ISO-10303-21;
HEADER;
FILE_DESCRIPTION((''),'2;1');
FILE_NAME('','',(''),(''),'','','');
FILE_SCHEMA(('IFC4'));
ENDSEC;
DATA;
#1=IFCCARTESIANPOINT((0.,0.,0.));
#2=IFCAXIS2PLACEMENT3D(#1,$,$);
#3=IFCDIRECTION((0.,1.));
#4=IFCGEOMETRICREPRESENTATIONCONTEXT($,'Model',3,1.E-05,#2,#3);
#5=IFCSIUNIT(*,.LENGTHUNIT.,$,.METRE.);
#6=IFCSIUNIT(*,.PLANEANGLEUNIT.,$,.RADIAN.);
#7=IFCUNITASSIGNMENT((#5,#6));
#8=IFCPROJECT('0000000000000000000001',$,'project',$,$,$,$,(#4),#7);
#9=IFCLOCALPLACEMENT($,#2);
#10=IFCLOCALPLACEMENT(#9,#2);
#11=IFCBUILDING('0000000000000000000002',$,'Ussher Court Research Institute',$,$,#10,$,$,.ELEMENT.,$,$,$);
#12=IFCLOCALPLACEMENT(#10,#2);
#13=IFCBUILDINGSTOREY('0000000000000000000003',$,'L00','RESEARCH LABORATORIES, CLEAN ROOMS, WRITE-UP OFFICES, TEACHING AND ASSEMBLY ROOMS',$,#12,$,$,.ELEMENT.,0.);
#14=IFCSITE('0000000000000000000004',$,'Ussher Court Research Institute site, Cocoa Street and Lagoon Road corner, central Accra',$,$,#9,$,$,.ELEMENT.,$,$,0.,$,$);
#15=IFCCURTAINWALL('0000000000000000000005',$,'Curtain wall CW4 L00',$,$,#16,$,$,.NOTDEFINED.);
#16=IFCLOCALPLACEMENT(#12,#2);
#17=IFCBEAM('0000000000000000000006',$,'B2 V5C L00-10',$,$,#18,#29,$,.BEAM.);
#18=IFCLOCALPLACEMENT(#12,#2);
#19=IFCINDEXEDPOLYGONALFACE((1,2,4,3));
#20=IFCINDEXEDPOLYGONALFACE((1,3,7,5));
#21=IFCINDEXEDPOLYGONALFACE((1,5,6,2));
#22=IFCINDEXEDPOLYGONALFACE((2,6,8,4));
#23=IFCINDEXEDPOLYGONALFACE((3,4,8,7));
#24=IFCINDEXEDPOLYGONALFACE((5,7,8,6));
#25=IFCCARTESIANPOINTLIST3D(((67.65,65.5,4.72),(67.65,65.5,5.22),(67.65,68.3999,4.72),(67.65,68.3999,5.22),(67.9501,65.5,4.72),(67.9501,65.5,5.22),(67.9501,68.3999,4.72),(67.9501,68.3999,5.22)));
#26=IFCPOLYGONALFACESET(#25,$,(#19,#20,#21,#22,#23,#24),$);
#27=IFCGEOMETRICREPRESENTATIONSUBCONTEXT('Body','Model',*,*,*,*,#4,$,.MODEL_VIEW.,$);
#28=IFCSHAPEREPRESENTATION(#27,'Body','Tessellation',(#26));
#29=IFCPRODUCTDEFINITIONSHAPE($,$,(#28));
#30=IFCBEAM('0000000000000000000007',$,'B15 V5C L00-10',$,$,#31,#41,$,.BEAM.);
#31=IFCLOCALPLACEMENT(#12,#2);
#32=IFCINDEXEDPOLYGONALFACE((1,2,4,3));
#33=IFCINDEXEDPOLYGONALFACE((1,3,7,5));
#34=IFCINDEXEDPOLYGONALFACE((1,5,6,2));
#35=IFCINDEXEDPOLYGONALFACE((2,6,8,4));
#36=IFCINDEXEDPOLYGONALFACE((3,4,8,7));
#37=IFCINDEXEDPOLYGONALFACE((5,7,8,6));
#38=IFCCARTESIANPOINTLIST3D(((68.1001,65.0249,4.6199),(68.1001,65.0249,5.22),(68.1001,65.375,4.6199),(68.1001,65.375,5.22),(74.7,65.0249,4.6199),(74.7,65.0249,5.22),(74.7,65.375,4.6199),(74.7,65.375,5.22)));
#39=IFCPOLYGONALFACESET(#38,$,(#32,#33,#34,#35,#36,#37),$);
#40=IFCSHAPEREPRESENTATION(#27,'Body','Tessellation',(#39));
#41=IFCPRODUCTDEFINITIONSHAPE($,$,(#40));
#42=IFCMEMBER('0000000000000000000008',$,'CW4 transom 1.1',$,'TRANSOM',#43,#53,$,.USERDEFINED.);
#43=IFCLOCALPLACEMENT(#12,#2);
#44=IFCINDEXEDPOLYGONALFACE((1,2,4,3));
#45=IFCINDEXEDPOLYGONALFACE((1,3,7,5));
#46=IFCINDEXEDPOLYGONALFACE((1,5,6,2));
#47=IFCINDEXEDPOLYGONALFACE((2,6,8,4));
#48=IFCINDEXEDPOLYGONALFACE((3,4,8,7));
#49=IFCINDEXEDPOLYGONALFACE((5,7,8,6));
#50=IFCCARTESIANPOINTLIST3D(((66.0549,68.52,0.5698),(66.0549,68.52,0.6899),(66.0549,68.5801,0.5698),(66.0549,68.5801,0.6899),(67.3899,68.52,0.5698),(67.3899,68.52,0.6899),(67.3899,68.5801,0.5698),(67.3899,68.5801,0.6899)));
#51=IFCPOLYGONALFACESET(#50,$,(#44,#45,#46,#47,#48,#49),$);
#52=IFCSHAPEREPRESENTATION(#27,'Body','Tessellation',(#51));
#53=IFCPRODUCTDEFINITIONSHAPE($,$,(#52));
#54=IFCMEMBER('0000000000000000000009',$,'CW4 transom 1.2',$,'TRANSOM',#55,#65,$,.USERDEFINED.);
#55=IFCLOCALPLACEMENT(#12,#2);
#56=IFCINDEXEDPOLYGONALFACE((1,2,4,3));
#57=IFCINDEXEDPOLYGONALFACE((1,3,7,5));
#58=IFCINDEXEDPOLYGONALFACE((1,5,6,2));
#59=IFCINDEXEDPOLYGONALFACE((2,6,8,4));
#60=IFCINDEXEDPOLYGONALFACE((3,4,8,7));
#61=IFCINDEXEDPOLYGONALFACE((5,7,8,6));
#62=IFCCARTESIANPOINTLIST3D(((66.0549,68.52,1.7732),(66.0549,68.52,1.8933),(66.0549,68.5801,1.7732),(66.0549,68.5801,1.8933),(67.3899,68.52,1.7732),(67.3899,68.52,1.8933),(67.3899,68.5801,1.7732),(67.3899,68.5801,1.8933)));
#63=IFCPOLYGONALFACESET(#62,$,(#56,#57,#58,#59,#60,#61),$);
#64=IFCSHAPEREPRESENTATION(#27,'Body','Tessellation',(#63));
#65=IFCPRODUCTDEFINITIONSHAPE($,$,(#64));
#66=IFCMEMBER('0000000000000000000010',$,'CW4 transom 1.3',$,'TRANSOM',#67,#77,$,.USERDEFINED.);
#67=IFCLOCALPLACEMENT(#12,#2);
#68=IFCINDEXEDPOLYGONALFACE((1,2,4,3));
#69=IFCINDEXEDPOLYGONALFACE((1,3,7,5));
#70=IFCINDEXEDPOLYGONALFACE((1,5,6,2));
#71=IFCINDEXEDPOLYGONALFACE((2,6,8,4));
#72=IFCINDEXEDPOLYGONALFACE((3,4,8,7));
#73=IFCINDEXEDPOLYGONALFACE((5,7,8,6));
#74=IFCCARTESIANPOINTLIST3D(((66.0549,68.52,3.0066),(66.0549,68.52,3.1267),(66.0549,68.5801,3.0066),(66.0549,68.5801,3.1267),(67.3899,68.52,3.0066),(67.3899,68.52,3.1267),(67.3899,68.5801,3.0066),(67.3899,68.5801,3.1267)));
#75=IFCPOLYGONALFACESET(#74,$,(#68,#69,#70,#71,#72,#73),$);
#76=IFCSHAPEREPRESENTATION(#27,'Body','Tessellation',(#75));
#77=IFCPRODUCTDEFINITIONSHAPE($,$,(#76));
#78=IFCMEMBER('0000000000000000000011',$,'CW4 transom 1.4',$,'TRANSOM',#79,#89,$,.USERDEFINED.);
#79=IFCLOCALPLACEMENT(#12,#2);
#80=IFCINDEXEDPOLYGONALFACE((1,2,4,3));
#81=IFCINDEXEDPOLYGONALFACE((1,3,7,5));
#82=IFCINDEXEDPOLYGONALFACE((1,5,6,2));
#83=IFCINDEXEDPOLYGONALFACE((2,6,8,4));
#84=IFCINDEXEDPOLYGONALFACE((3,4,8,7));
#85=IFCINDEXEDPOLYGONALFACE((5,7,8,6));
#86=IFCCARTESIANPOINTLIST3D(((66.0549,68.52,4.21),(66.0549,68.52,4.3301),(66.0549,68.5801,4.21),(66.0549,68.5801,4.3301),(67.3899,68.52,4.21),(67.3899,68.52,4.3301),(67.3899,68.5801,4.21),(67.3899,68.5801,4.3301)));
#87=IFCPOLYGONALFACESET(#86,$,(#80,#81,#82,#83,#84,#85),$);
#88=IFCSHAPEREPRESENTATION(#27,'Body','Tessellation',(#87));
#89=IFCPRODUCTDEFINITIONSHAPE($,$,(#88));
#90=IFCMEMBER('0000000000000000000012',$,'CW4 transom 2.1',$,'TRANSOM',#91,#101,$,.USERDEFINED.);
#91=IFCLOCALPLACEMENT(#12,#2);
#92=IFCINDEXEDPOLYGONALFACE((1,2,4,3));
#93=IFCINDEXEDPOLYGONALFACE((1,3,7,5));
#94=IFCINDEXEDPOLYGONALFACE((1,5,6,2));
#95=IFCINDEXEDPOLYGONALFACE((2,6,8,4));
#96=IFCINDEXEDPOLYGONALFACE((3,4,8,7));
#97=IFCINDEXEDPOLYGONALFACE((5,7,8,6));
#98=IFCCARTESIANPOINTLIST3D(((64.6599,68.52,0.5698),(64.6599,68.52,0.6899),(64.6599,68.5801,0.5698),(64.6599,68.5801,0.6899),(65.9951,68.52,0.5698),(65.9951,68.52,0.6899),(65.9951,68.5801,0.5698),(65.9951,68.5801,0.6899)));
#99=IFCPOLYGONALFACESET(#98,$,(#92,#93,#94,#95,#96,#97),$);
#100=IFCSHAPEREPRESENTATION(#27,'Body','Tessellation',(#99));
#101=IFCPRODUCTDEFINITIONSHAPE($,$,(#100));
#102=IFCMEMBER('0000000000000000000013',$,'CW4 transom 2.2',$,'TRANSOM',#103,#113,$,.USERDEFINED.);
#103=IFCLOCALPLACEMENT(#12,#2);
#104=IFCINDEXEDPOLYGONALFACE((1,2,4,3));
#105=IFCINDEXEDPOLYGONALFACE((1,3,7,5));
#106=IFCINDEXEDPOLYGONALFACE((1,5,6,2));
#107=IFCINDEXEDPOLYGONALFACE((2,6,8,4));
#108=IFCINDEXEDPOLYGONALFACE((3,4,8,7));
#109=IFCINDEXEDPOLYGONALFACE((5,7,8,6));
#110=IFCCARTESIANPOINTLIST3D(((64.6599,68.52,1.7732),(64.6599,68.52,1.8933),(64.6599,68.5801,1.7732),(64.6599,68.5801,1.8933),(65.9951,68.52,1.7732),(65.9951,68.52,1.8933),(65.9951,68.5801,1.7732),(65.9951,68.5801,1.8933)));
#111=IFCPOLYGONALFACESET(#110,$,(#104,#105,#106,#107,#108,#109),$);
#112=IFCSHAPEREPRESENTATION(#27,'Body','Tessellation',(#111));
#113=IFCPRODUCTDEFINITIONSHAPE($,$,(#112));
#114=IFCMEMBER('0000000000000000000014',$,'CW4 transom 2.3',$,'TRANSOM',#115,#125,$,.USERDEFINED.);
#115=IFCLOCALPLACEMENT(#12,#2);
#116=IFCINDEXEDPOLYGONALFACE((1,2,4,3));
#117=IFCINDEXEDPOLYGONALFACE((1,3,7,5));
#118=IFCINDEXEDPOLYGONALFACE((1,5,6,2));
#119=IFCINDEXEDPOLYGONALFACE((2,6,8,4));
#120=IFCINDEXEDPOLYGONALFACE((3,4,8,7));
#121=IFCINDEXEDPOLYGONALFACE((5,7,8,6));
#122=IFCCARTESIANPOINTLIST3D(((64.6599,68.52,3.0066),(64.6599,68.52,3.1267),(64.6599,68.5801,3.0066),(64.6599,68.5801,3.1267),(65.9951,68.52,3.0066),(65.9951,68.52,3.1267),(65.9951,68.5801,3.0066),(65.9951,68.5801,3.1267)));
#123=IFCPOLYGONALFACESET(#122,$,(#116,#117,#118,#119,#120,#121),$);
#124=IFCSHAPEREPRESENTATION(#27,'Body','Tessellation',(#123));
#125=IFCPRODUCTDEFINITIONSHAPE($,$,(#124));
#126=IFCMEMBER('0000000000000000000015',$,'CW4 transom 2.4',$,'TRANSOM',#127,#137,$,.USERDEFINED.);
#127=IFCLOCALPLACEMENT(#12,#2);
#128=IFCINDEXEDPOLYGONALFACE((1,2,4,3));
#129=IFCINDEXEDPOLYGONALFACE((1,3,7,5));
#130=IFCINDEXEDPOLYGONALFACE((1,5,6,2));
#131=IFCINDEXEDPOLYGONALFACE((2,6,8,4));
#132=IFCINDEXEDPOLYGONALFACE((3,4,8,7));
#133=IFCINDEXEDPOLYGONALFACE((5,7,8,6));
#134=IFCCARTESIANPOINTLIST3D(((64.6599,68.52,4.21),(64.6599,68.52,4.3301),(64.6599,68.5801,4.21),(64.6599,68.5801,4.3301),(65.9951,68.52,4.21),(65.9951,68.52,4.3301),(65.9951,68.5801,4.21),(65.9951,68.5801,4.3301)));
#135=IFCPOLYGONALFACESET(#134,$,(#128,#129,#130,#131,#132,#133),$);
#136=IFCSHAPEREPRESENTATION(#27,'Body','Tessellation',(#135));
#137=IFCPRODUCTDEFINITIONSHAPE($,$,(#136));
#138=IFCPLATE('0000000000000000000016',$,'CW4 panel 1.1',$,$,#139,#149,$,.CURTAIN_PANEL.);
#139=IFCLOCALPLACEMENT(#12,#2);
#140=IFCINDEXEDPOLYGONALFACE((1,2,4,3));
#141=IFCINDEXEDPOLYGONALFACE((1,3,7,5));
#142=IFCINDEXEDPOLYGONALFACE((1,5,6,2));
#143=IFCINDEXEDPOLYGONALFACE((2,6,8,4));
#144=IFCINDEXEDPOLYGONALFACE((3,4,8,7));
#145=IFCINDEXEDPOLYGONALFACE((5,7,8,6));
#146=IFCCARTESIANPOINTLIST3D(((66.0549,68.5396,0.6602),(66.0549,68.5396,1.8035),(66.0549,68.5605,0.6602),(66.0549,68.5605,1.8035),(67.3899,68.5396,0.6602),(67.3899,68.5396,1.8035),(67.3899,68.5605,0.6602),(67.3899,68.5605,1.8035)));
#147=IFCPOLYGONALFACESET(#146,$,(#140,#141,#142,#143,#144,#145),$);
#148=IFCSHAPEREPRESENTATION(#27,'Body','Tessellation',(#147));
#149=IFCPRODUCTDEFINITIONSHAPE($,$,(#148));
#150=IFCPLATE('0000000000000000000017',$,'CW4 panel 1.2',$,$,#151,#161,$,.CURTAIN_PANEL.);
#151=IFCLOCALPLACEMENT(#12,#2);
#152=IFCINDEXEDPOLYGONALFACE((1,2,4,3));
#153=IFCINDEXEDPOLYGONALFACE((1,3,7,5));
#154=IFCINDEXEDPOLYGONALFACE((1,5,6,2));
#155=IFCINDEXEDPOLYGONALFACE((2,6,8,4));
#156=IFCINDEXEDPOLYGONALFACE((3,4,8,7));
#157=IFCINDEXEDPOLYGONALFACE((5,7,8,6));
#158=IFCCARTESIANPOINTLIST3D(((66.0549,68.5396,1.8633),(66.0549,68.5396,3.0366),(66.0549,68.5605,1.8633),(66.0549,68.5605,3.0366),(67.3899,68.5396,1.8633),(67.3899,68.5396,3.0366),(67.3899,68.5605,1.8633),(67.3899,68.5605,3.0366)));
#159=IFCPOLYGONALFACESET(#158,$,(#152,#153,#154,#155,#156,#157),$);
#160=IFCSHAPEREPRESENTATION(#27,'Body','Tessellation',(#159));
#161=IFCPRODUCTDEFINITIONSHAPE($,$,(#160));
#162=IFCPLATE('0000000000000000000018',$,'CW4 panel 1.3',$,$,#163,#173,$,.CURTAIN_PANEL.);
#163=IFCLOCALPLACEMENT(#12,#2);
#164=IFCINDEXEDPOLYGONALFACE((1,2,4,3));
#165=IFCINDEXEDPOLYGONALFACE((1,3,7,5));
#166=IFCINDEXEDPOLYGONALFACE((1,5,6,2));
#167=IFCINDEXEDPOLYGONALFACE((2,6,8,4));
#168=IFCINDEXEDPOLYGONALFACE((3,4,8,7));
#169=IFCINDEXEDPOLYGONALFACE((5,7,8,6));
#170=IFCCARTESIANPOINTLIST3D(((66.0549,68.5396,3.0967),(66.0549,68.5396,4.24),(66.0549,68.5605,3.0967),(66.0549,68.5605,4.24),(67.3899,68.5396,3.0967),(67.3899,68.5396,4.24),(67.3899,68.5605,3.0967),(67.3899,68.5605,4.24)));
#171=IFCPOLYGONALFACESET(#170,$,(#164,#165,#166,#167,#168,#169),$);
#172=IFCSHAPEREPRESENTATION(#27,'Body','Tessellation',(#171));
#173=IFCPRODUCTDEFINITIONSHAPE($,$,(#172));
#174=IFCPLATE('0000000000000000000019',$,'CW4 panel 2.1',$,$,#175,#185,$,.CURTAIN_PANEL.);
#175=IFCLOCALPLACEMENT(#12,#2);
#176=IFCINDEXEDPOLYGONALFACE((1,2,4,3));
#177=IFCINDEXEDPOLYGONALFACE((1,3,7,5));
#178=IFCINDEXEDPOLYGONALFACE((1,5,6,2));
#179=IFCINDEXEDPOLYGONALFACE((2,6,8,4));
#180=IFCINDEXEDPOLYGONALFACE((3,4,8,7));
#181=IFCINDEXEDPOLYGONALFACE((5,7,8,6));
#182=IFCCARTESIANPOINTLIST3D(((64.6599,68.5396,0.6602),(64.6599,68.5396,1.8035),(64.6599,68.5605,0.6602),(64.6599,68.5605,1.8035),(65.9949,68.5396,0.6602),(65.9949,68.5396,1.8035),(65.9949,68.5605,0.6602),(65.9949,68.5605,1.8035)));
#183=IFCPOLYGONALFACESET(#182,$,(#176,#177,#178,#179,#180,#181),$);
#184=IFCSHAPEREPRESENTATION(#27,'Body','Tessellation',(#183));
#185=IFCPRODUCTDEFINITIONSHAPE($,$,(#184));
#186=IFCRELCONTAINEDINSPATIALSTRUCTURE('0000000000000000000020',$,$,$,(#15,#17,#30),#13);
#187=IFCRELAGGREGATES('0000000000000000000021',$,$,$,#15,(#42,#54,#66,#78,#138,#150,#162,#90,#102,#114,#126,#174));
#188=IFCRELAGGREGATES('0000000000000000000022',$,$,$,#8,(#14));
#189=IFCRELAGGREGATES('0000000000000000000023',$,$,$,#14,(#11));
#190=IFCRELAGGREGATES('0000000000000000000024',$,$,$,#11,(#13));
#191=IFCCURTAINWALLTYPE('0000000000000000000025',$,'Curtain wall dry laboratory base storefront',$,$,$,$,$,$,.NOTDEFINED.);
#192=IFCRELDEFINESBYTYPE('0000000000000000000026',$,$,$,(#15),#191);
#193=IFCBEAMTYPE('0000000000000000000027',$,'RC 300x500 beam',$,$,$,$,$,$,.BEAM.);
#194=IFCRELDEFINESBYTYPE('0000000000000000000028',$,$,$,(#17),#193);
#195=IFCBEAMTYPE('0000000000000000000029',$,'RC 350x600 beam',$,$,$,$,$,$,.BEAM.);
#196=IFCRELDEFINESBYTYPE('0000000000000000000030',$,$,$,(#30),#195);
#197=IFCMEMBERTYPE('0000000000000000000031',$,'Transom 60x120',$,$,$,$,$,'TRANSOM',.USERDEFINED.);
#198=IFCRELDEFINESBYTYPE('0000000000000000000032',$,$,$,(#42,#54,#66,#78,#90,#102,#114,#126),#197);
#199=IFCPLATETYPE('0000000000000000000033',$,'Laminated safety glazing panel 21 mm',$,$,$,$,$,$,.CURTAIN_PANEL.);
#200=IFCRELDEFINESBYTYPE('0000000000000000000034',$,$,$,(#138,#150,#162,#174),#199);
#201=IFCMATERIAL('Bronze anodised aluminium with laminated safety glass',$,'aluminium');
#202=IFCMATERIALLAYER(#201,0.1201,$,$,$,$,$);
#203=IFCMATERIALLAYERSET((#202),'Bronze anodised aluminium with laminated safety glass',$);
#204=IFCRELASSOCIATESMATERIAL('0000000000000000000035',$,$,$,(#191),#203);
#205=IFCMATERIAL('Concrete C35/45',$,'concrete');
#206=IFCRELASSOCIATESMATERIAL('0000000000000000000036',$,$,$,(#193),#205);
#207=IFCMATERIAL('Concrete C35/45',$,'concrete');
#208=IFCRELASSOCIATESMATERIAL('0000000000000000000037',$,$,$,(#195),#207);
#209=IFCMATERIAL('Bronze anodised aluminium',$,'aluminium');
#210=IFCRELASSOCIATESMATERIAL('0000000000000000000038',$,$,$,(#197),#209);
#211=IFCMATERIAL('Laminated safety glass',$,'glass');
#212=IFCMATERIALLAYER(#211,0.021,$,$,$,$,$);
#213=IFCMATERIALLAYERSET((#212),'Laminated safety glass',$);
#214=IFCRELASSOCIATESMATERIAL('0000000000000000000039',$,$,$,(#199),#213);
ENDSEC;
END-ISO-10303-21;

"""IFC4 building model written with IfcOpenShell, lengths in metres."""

from ifc_helpers import new_model, si_unit, direction, frame, origin, origin_2d, place, context, subcontext, project, spatial, rectangle, extrude, material, layer, layer_set, material_profile, profile_set, type_object, element, aggregate, save


model = new_model("IFC4")

# Units and contexts
model_context = context("Model", 3, precision=1e-05, world=origin(), true_north=direction((0.0, 1.0)))
body_context = subcontext(model_context, "Body", "Model", "MODEL_VIEW")
ifc_project = project(units=[si_unit("LENGTHUNIT", "METRE"), si_unit("PLANEANGLEUNIT", "RADIAN")], contexts=[model_context])

# Site, building, storey
site_placement = place(None, origin())
site = spatial("IfcSite", under=ifc_project, at=site_placement, Name="Ussher Court Research Institute site, Cocoa Street and Lagoon Road corner, central Accra", CompositionType="ELEMENT", RefElevation=0.0)
building_placement = place(site_placement, origin())
building = spatial("IfcBuilding", under=site, at=building_placement, Name="Ussher Court Research Institute", CompositionType="ELEMENT")
storey_placement = place(building_placement, origin())
storey = spatial("IfcBuildingStorey", under=building, at=storey_placement, Name="L00", Description="RESEARCH LABORATORIES, CLEAN ROOMS, WRITE-UP OFFICES, TEACHING AND ASSEMBLY ROOMS", CompositionType="ELEMENT", Elevation=0.0)

# Curtain wall
ifc_material_1 = material(Name="Bronze anodised aluminium with laminated safety glass", Category="aluminium")
ifc_layer_1 = layer(ifc_material_1, 0.1201)
ifc_layer_set_1 = layer_set([ifc_layer_1], Name="Bronze anodised aluminium with laminated safety glass")
curtain_wall_type = type_object("IfcCurtainWallType", Name="Curtain wall dry laboratory base storefront", PredefinedType="NOTDEFINED", material=ifc_layer_set_1)
curtain_wall_1_placement = place(storey_placement, origin())
curtain_wall_1 = element("IfcCurtainWall", 1, at=curtain_wall_1_placement, inside=storey, type_object=curtain_wall_type, Name="Curtain wall CW4 L00", PredefinedType="NOTDEFINED")

# Beams
ifc_material_2 = material(Name="Concrete C35/45", Category="concrete")
ifc_material_profile_1 = material_profile(ifc_material_2, rectangle(XDim=0.3, YDim=0.5, at=origin_2d()), Name="RC 300x500")
ifc_profile_set_1 = profile_set([ifc_material_profile_1], Name="Concrete C35/45")
beam_type_1 = type_object("IfcBeamType", Name="RC 300x500 beam", PredefinedType="BEAM", material=ifc_profile_set_1)
beam_1_placement = place(storey_placement, frame((67.8, 65.5, 4.97), z_axis=(0.0, 1.0, 0.0), x_axis=(-1.0, 0.0, 0.0)))
element("IfcBeam", 2, at=beam_1_placement, inside=storey, type_object=beam_type_1, Name="B2 V5C L00-10", PredefinedType="BEAM", context=body_context, shape_type="SweptSolid", body=[
    extrude(rectangle(XDim=0.3, YDim=0.5, at=origin_2d()), origin(), (0.0, 0.0, 1.0), 2.8999),
])
ifc_material_3 = material(Name="Concrete C35/45", Category="concrete")
ifc_material_profile_2 = material_profile(ifc_material_3, rectangle(XDim=0.3501, YDim=0.6001, at=origin_2d()), Name="RC 350x600")
ifc_profile_set_2 = profile_set([ifc_material_profile_2], Name="Concrete C35/45")
beam_type_2 = type_object("IfcBeamType", Name="RC 350x600 beam", PredefinedType="BEAM", material=ifc_profile_set_2)
beam_2_placement = place(storey_placement, frame((68.1001, 65.2, 4.9199), z_axis=(1.0, 0.0, 0.0), x_axis=(0.0, 1.0, 0.0)))
element("IfcBeam", 3, at=beam_2_placement, inside=storey, type_object=beam_type_2, Name="B15 V5C L00-10", PredefinedType="BEAM", context=body_context, shape_type="SweptSolid", body=[
    extrude(rectangle(XDim=0.3501, YDim=0.6001, at=origin_2d()), origin(), (0.0, 0.0, 1.0), 6.5999),
])

# Members
ifc_material_4 = material(Name="Bronze anodised aluminium", Category="aluminium")
ifc_material_profile_3 = material_profile(ifc_material_4, rectangle(XDim=0.0601, YDim=0.1201, at=origin_2d()), Name="Transom 60x120")
ifc_profile_set_3 = profile_set([ifc_material_profile_3], Name="Bronze anodised aluminium")
member_type_1 = type_object("IfcMemberType", Name="Transom 60x120", ElementType="TRANSOM", PredefinedType="USERDEFINED", material=ifc_profile_set_3)
member_1_placement = place(storey_placement, frame((67.3899, 68.55, 0.6299), z_axis=(-1.0, 0.0, 0.0), x_axis=(0.0, -1.0, 0.0)))
member_1 = element("IfcMember", 4, at=member_1_placement, type_object=member_type_1, Name="CW4 transom 1.1", ObjectType="TRANSOM", PredefinedType="USERDEFINED", context=body_context, shape_type="SweptSolid", body=[
    extrude(rectangle(XDim=0.0601, YDim=0.1201, at=origin_2d()), origin(), (0.0, 0.0, 1.0), 1.335),
])
member_2_placement = place(storey_placement, frame((67.3899, 68.55, 1.8333), z_axis=(-1.0, 0.0, 0.0), x_axis=(0.0, -1.0, 0.0)))
member_2 = element("IfcMember", 5, at=member_2_placement, type_object=member_type_1, Name="CW4 transom 1.2", ObjectType="TRANSOM", PredefinedType="USERDEFINED", context=body_context, shape_type="SweptSolid", body=[
    extrude(rectangle(XDim=0.0601, YDim=0.1201, at=origin_2d()), origin(), (0.0, 0.0, 1.0), 1.335),
])
member_3_placement = place(storey_placement, frame((67.3899, 68.55, 3.0667), z_axis=(-1.0, 0.0, 0.0), x_axis=(0.0, -1.0, 0.0)))
member_3 = element("IfcMember", 6, at=member_3_placement, type_object=member_type_1, Name="CW4 transom 1.3", ObjectType="TRANSOM", PredefinedType="USERDEFINED", context=body_context, shape_type="SweptSolid", body=[
    extrude(rectangle(XDim=0.0601, YDim=0.1201, at=origin_2d()), origin(), (0.0, 0.0, 1.0), 1.335),
])
member_4_placement = place(storey_placement, frame((67.3899, 68.55, 4.27), z_axis=(-1.0, 0.0, 0.0), x_axis=(0.0, -1.0, 0.0)))
member_4 = element("IfcMember", 7, at=member_4_placement, type_object=member_type_1, Name="CW4 transom 1.4", ObjectType="TRANSOM", PredefinedType="USERDEFINED", context=body_context, shape_type="SweptSolid", body=[
    extrude(rectangle(XDim=0.0601, YDim=0.1201, at=origin_2d()), origin(), (0.0, 0.0, 1.0), 1.335),
])
member_5_placement = place(storey_placement, frame((65.9951, 68.55, 0.6299), z_axis=(-1.0, 0.0, 0.0), x_axis=(0.0, -1.0, 0.0)))
member_5 = element("IfcMember", 8, at=member_5_placement, type_object=member_type_1, Name="CW4 transom 2.1", ObjectType="TRANSOM", PredefinedType="USERDEFINED", context=body_context, shape_type="SweptSolid", body=[
    extrude(rectangle(XDim=0.0601, YDim=0.1201, at=origin_2d()), origin(), (0.0, 0.0, 1.0), 1.3352),
])
member_6_placement = place(storey_placement, frame((65.9951, 68.55, 1.8333), z_axis=(-1.0, 0.0, 0.0), x_axis=(0.0, -1.0, 0.0)))
member_6 = element("IfcMember", 9, at=member_6_placement, type_object=member_type_1, Name="CW4 transom 2.2", ObjectType="TRANSOM", PredefinedType="USERDEFINED", context=body_context, shape_type="SweptSolid", body=[
    extrude(rectangle(XDim=0.0601, YDim=0.1201, at=origin_2d()), origin(), (0.0, 0.0, 1.0), 1.3352),
])
member_7_placement = place(storey_placement, frame((65.9951, 68.55, 3.0667), z_axis=(-1.0, 0.0, 0.0), x_axis=(0.0, -1.0, 0.0)))
member_7 = element("IfcMember", 10, at=member_7_placement, type_object=member_type_1, Name="CW4 transom 2.3", ObjectType="TRANSOM", PredefinedType="USERDEFINED", context=body_context, shape_type="SweptSolid", body=[
    extrude(rectangle(XDim=0.0601, YDim=0.1201, at=origin_2d()), origin(), (0.0, 0.0, 1.0), 1.3352),
])
member_8_placement = place(storey_placement, frame((65.9951, 68.55, 4.27), z_axis=(-1.0, 0.0, 0.0), x_axis=(0.0, -1.0, 0.0)))
member_8 = element("IfcMember", 11, at=member_8_placement, type_object=member_type_1, Name="CW4 transom 2.4", ObjectType="TRANSOM", PredefinedType="USERDEFINED", context=body_context, shape_type="SweptSolid", body=[
    extrude(rectangle(XDim=0.0601, YDim=0.1201, at=origin_2d()), origin(), (0.0, 0.0, 1.0), 1.3352),
])

# Plates
ifc_material_5 = material(Name="Laminated safety glass", Category="glass")
ifc_layer_2 = layer(ifc_material_5, 0.021)
ifc_layer_set_2 = layer_set([ifc_layer_2], Name="Laminated safety glass")
plate_type = type_object("IfcPlateType", Name="Laminated safety glazing panel 21 mm", PredefinedType="CURTAIN_PANEL", material=ifc_layer_set_2)
plate_1_placement = place(storey_placement, frame((66.7224, 68.55, 0.6602), z_axis=(0.0, 0.0, 1.0), x_axis=(-1.0, 0.0, 0.0)))
plate_1 = element("IfcPlate", 12, at=plate_1_placement, type_object=plate_type, Name="CW4 panel 1.1", PredefinedType="CURTAIN_PANEL", context=body_context, shape_type="SweptSolid", body=[
    extrude(rectangle(XDim=1.335, YDim=0.021, at=origin_2d()), origin(), (0.0, 0.0, 1.0), 1.1433),
])
plate_2_placement = place(storey_placement, frame((66.7224, 68.55, 1.8633), z_axis=(0.0, 0.0, 1.0), x_axis=(-1.0, 0.0, 0.0)))
plate_2 = element("IfcPlate", 13, at=plate_2_placement, type_object=plate_type, Name="CW4 panel 1.2", PredefinedType="CURTAIN_PANEL", context=body_context, shape_type="SweptSolid", body=[
    extrude(rectangle(XDim=1.335, YDim=0.021, at=origin_2d()), origin(), (0.0, 0.0, 1.0), 1.1733),
])
plate_3_placement = place(storey_placement, frame((66.7224, 68.55, 3.0967), z_axis=(0.0, 0.0, 1.0), x_axis=(-1.0, 0.0, 0.0)))
plate_3 = element("IfcPlate", 14, at=plate_3_placement, type_object=plate_type, Name="CW4 panel 1.3", PredefinedType="CURTAIN_PANEL", context=body_context, shape_type="SweptSolid", body=[
    extrude(rectangle(XDim=1.335, YDim=0.021, at=origin_2d()), origin(), (0.0, 0.0, 1.0), 1.1433),
])
plate_4_placement = place(storey_placement, frame((65.3274, 68.55, 0.6602), z_axis=(0.0, 0.0, 1.0), x_axis=(-1.0, 0.0, 0.0)))
plate_4 = element("IfcPlate", 15, at=plate_4_placement, type_object=plate_type, Name="CW4 panel 2.1", PredefinedType="CURTAIN_PANEL", context=body_context, shape_type="SweptSolid", body=[
    extrude(rectangle(XDim=1.335, YDim=0.021, at=origin_2d()), origin(), (0.0, 0.0, 1.0), 1.1433),
])
aggregate(curtain_wall_1, [member_1, member_2, member_3, member_4, plate_1, plate_2, plate_3, member_5, member_6, member_7, member_8, plate_4])

save(model, "model.ifc")
